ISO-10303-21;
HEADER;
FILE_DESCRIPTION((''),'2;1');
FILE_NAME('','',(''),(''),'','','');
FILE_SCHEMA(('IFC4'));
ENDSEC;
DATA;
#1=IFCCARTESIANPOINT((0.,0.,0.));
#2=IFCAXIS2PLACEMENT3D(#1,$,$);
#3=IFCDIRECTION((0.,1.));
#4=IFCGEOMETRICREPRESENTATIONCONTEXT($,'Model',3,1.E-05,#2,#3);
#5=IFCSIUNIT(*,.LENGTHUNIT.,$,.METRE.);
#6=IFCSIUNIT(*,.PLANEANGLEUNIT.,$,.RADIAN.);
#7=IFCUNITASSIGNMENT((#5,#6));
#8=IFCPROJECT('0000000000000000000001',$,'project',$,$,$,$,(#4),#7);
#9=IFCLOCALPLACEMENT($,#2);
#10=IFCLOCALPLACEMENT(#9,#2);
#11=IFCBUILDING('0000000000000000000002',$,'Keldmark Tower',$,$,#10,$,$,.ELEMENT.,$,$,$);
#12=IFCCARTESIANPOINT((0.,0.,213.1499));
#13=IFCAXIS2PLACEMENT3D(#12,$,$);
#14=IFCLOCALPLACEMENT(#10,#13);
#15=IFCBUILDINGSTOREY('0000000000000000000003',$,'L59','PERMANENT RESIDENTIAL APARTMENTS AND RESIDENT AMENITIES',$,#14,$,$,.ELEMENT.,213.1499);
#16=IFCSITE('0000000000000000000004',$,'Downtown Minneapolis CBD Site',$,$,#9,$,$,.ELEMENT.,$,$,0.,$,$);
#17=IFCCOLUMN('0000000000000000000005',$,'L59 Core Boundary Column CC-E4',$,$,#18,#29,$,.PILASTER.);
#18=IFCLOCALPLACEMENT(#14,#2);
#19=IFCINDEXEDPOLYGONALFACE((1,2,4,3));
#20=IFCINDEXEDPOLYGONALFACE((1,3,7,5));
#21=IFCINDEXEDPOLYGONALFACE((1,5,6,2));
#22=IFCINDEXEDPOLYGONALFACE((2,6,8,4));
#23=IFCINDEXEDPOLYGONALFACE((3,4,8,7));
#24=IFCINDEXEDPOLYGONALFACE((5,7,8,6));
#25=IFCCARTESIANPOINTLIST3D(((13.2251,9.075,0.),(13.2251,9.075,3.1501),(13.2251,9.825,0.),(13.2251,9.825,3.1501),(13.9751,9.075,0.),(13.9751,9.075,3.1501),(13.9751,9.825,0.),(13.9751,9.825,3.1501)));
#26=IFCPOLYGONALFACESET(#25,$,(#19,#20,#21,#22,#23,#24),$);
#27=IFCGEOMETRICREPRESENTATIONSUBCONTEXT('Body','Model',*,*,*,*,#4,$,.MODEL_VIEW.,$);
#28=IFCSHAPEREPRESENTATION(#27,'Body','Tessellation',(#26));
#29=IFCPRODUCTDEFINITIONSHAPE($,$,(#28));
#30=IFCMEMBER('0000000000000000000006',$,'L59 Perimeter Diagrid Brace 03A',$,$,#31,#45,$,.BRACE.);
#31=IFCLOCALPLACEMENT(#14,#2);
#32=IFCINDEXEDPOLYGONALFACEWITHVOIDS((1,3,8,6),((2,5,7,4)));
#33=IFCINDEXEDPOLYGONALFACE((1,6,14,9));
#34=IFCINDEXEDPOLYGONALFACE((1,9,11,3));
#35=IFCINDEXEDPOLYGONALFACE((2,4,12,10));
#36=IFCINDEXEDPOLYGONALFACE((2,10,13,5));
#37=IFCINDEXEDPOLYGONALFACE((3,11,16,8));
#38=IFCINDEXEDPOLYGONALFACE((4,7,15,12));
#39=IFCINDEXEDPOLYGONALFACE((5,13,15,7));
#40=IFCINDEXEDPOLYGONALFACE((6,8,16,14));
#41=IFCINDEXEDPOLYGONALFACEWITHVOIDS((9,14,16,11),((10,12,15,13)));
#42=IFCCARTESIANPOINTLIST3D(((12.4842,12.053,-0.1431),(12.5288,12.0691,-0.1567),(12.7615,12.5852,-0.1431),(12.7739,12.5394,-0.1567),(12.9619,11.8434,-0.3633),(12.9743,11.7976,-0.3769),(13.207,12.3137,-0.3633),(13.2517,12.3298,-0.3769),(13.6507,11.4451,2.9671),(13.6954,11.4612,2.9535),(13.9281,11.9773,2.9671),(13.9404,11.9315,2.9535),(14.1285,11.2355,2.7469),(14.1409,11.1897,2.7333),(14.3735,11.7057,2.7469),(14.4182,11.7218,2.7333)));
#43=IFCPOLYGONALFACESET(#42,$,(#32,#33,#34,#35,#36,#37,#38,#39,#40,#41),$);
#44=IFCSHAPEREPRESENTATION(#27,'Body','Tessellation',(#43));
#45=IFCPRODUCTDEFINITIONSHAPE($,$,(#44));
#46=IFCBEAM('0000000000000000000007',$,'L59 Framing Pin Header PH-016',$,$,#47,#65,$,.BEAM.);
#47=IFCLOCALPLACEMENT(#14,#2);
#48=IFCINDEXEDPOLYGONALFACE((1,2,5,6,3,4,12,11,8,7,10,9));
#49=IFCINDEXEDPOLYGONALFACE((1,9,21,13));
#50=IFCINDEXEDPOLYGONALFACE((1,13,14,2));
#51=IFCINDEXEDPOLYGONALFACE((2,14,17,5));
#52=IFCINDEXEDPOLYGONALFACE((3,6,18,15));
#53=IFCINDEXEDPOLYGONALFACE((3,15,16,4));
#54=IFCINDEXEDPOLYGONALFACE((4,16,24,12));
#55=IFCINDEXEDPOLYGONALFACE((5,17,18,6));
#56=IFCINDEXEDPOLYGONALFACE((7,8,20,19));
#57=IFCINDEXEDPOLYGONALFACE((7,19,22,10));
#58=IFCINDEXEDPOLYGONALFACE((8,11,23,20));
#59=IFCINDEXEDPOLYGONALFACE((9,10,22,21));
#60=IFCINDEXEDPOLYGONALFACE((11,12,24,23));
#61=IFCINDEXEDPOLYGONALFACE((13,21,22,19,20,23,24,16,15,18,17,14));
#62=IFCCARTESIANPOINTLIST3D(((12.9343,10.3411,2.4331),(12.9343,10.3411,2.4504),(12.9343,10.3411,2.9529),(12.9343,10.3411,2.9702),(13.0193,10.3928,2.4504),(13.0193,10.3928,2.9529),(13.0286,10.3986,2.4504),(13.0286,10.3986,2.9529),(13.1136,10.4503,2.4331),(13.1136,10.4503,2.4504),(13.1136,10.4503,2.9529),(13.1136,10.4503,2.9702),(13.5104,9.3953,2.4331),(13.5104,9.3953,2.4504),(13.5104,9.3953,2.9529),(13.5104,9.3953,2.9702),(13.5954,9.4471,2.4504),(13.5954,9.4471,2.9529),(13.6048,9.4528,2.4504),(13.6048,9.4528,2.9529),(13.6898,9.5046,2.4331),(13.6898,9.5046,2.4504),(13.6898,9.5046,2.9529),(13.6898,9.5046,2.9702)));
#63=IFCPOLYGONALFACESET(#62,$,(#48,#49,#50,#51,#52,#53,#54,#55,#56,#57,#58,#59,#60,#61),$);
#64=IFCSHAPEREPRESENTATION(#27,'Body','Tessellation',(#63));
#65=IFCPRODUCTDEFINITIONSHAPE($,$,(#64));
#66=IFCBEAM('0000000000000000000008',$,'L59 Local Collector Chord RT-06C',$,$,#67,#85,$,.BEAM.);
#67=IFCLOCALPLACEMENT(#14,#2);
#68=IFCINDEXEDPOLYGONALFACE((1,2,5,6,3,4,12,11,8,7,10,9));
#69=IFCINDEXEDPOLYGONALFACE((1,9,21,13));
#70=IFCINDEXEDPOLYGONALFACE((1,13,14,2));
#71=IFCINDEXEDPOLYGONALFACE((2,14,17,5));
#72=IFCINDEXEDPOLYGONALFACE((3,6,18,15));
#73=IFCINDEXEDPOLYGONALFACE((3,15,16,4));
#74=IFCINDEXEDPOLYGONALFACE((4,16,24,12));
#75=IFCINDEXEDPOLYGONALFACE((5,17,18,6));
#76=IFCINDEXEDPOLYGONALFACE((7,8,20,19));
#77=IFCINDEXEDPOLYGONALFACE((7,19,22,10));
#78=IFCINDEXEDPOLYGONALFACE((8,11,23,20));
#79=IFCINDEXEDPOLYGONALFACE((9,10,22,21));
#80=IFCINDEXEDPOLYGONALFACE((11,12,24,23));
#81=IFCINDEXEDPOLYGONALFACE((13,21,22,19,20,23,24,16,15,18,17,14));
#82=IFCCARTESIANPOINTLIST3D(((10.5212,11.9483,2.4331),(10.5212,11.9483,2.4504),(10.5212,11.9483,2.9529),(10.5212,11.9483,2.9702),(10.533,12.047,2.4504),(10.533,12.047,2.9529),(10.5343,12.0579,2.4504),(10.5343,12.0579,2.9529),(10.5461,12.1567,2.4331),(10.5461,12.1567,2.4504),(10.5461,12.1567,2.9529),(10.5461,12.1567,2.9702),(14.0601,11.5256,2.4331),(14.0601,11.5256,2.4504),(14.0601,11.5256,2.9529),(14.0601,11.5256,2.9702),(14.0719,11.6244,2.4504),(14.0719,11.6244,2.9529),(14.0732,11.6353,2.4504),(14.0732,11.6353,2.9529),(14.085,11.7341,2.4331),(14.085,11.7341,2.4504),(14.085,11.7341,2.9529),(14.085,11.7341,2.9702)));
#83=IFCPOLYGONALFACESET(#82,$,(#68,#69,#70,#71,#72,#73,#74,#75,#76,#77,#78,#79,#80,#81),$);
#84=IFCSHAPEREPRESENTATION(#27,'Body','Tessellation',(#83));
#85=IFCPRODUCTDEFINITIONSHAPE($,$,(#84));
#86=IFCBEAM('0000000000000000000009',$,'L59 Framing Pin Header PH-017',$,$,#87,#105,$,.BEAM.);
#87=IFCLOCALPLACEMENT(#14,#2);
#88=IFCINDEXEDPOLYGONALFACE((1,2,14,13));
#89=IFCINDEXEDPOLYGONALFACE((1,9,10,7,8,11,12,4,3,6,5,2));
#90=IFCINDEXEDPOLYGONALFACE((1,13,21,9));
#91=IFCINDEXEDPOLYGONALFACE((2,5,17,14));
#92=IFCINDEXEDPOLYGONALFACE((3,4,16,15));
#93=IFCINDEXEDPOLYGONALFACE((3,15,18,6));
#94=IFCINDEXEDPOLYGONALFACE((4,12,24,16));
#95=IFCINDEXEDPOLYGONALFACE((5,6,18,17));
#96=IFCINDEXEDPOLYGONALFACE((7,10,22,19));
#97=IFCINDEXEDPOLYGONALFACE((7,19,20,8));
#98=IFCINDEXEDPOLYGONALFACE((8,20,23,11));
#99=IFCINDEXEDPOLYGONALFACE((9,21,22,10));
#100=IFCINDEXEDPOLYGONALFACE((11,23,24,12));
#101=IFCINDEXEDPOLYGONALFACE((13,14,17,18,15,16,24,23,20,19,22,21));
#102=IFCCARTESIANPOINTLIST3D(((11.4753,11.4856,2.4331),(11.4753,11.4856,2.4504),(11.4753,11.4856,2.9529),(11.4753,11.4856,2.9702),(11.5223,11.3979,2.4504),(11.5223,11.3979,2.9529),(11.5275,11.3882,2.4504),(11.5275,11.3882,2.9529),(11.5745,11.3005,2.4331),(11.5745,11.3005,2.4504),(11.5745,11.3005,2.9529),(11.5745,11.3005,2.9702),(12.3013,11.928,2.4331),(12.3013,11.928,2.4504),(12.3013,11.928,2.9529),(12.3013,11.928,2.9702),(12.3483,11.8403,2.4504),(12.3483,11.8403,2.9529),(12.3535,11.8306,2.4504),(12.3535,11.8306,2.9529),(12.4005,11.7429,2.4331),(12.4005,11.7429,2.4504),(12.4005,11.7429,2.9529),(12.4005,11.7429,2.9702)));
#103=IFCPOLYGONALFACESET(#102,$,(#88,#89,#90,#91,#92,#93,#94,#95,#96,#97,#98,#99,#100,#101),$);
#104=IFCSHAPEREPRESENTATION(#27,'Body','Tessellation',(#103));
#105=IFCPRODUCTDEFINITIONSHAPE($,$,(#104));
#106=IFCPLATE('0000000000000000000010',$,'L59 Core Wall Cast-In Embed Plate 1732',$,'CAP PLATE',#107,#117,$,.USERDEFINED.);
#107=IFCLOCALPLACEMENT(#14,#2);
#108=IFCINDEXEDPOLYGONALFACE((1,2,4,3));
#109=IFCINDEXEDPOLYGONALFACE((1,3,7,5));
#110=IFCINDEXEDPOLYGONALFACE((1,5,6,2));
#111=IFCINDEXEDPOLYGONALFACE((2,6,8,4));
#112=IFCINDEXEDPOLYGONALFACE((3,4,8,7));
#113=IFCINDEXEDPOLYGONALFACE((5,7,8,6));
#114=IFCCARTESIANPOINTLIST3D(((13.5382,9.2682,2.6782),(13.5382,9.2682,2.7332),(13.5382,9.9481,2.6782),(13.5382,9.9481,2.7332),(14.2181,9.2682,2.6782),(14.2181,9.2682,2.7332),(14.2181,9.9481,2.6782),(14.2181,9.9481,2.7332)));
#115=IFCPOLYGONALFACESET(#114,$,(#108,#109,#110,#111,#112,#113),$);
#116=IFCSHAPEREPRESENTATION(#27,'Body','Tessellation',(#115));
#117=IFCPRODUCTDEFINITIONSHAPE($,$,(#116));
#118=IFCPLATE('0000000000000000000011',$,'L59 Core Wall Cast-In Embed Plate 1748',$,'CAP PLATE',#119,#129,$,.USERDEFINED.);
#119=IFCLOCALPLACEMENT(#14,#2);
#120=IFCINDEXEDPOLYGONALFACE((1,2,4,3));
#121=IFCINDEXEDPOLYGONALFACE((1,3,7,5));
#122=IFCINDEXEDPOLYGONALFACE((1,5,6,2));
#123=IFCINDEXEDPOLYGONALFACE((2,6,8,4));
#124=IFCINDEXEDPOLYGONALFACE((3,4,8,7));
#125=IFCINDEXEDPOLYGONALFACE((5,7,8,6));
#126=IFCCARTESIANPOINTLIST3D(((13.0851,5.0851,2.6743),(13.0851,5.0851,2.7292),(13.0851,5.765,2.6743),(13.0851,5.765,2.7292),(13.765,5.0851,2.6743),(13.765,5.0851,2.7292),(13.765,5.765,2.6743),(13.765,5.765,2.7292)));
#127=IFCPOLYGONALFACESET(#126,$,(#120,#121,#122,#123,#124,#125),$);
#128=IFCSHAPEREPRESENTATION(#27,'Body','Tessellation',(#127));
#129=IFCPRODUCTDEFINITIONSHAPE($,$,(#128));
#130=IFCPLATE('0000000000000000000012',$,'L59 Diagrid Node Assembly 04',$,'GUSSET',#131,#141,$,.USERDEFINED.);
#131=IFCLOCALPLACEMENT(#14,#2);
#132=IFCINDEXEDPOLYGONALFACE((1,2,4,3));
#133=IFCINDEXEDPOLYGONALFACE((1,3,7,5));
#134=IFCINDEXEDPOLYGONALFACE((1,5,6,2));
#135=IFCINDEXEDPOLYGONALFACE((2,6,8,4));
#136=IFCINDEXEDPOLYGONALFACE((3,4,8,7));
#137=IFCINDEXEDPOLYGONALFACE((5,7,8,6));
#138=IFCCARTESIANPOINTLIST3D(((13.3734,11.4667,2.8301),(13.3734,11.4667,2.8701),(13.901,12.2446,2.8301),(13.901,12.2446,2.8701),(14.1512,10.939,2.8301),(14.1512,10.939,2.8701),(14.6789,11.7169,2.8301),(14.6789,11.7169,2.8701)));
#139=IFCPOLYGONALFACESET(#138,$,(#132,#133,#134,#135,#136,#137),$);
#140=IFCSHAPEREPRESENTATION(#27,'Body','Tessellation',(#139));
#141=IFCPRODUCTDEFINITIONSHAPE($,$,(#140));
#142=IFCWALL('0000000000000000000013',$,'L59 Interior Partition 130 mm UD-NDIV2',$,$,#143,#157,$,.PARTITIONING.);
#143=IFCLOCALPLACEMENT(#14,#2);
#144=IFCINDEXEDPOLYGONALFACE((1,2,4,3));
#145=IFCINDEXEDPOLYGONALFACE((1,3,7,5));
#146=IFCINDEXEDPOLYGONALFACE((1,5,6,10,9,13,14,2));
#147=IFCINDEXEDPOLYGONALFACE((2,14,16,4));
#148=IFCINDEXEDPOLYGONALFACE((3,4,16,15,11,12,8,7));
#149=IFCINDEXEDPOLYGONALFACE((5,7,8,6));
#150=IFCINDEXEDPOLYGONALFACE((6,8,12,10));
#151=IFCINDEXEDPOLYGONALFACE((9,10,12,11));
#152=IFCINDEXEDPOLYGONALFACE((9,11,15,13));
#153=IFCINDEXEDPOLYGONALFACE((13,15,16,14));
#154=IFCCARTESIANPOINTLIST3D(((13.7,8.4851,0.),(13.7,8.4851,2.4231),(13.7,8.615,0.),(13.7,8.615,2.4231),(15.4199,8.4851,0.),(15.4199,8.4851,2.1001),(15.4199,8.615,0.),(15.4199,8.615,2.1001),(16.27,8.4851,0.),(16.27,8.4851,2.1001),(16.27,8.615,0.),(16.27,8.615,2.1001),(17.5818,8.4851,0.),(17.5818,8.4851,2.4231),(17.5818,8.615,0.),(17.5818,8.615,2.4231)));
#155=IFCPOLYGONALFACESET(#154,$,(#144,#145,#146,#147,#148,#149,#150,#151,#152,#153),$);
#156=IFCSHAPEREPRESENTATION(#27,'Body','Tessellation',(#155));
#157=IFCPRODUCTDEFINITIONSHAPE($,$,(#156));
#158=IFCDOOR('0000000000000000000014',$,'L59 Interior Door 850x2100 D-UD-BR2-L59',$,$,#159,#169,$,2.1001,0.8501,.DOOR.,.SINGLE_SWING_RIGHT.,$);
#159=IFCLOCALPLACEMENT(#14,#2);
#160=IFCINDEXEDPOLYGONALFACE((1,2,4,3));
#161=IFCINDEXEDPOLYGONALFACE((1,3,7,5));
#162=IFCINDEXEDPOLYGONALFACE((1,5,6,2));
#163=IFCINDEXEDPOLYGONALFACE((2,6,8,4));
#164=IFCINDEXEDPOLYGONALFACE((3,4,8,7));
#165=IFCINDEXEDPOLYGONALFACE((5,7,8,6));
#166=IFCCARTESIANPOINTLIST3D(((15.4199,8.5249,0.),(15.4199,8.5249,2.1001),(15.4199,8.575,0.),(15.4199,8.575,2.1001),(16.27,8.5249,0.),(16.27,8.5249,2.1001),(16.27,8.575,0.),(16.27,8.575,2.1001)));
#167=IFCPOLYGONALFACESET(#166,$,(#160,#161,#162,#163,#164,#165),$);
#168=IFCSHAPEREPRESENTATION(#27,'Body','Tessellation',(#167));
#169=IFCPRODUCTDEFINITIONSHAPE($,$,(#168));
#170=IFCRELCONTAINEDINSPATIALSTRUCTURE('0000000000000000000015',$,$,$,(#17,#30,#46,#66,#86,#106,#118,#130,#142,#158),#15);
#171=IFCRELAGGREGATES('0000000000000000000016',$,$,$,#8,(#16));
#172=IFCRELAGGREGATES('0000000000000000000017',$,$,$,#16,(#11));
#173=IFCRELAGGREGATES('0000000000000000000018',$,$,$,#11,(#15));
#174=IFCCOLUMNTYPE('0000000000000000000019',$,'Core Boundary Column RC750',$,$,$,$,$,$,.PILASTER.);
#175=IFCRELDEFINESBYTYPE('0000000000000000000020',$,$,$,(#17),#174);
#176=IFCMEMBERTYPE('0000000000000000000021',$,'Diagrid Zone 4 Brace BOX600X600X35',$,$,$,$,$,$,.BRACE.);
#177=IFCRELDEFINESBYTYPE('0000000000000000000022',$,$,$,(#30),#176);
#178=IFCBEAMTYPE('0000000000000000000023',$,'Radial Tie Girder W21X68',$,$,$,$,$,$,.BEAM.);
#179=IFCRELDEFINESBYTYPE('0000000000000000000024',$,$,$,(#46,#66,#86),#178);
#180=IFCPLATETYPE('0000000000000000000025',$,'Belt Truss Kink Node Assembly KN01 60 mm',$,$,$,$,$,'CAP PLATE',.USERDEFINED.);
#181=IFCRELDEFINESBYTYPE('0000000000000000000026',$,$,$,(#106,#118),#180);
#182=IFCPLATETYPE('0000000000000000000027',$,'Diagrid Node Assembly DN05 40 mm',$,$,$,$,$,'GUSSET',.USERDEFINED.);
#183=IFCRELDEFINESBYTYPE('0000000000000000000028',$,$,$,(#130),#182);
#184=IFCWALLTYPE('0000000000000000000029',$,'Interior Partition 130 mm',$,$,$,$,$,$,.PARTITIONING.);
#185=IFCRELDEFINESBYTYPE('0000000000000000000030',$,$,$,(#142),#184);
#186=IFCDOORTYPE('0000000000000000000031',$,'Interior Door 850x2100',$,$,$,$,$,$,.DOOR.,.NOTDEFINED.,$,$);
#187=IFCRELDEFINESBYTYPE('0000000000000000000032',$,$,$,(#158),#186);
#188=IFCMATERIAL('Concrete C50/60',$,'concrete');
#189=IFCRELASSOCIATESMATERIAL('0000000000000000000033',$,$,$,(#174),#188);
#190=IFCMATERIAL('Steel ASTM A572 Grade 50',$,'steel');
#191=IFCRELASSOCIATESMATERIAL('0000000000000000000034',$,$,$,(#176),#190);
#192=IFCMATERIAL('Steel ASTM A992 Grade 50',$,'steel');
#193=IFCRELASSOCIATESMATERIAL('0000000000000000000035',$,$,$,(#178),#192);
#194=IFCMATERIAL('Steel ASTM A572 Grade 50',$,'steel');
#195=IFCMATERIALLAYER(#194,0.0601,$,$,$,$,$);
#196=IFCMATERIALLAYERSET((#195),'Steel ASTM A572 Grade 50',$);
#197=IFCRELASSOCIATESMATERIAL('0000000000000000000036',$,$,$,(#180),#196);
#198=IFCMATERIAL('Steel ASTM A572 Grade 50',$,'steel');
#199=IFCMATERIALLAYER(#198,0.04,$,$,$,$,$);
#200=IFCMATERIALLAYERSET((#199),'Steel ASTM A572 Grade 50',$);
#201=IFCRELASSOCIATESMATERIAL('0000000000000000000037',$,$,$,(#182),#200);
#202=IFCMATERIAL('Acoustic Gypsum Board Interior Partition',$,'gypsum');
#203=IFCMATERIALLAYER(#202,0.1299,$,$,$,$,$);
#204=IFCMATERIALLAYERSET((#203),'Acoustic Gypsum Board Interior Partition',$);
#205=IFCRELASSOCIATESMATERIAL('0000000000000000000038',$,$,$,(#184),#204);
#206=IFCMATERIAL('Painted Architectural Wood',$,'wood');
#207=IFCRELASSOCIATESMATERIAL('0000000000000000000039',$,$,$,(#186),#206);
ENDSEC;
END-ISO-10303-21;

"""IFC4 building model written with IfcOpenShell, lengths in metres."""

from ifc_helpers import new_model, si_unit, direction, frame, frame_2d, origin, origin_2d, place, context, subcontext, project, spatial, rectangle, hollow_rectangle, i_section, extrude, material, layer, layer_set, material_profile, profile_set, type_object, element, fill, save


model = new_model("IFC4")

# Units and contexts
model_context = context("Model", 3, precision=1e-05, world=origin(), true_north=direction((0.0, 1.0)))
body_context = subcontext(model_context, "Body", "Model", "MODEL_VIEW")
ifc_project = project(units=[si_unit("LENGTHUNIT", "METRE"), si_unit("PLANEANGLEUNIT", "RADIAN")], contexts=[model_context])

# Site, building, storey
site_placement = place(None, origin())
site = spatial("IfcSite", under=ifc_project, at=site_placement, Name="Downtown Minneapolis CBD Site", CompositionType="ELEMENT", RefElevation=0.0)
building_placement = place(site_placement, origin())
building = spatial("IfcBuilding", under=site, at=building_placement, Name="Keldmark Tower", CompositionType="ELEMENT")
storey_placement = place(building_placement, frame((0.0, 0.0, 213.1499)))
storey = spatial("IfcBuildingStorey", under=building, at=storey_placement, Name="L59", Description="PERMANENT RESIDENTIAL APARTMENTS AND RESIDENT AMENITIES", CompositionType="ELEMENT", Elevation=213.1499)

# Column
ifc_material_1 = material(Name="Concrete C50/60", Category="concrete")
ifc_material_profile_1 = material_profile(ifc_material_1, rectangle(XDim=0.75, YDim=0.75, at=origin_2d()), Name="RC750X750")
ifc_profile_set_1 = profile_set([ifc_material_profile_1], Name="Concrete C50/60")
column_type = type_object("IfcColumnType", Name="Core Boundary Column RC750", PredefinedType="PILASTER", material=ifc_profile_set_1)
column_placement = place(storey_placement, frame((13.6001, 9.45, 0.0), z_axis=(0.0, 0.0, 1.0), x_axis=(1.0, 0.0, 0.0)))
element("IfcColumn", 1, at=column_placement, inside=storey, type_object=column_type, Name="L59 Core Boundary Column CC-E4", PredefinedType="PILASTER", context=body_context, shape_type="SweptSolid", body=[
    extrude(rectangle(XDim=0.75, YDim=0.75, at=origin_2d()), origin(), (0.0, 0.0, 1.0), 3.1501),
])

# Member
ifc_material_2 = material(Name="Steel ASTM A572 Grade 50", Category="steel")
ifc_material_profile_2 = material_profile(ifc_material_2, hollow_rectangle(XDim=0.6001, YDim=0.6001, WallThickness=0.0349, at=origin_2d()), Name="BOX600X600X35")
ifc_profile_set_2 = profile_set([ifc_material_profile_2], Name="Steel ASTM A572 Grade 50")
member_type = type_object("IfcMemberType", Name="Diagrid Zone 4 Brace BOX600X600X35", PredefinedType="BRACE", material=ifc_profile_set_2)
member_placement = place(storey_placement, frame((12.8679, 12.1914, -0.26), z_axis=(0.345442, -0.180023, 0.921011), x_axis=(0.462147, 0.886803, 0.0)))
element("IfcMember", 2, at=member_placement, inside=storey, type_object=member_type, Name="L59 Perimeter Diagrid Brace 03A", PredefinedType="BRACE", context=body_context, shape_type="SweptSolid", body=[
    extrude(hollow_rectangle(XDim=0.6001, YDim=0.6001, WallThickness=0.0349, at=origin_2d()), origin(), (0.0, 0.0, 1.0), 3.377),
])

# Beams
ifc_material_3 = material(Name="Steel ASTM A992 Grade 50", Category="steel")
ifc_material_profile_3 = material_profile(ifc_material_3, i_section(OverallWidth=0.21, OverallDepth=0.5371, WebThickness=0.011, FlangeThickness=0.0173, at=origin_2d()), Name="W21X68")
ifc_profile_set_3 = profile_set([ifc_material_profile_3], Name="Steel ASTM A992 Grade 50")
beam_type = type_object("IfcBeamType", Name="Radial Tie Girder W21X68", PredefinedType="BEAM", material=ifc_profile_set_3)
beam_1_placement = place(storey_placement, frame((13.6001, 9.45, 2.7017), z_axis=(-0.520255, 0.854011, 0.0), x_axis=(-0.854011, -0.520255, 0.0)))
element("IfcBeam", 3, at=beam_1_placement, inside=storey, type_object=beam_type, Name="L59 Framing Pin Header PH-016", PredefinedType="BEAM", context=body_context, shape_type="SweptSolid", body=[
    extrude(i_section(OverallWidth=0.21, OverallDepth=0.5371, WebThickness=0.011, FlangeThickness=0.0173, at=origin_2d()), origin(), (0.0, 0.0, 1.0), 1.1074),
])
beam_2_placement = place(storey_placement, frame((14.0725, 11.6299, 2.7017), z_axis=(-0.992945, 0.118578, 0.0), x_axis=(-0.118578, -0.992945, 0.0)))
element("IfcBeam", 4, at=beam_2_placement, inside=storey, type_object=beam_type, Name="L59 Local Collector Chord RT-06C", PredefinedType="BEAM", context=body_context, shape_type="SweptSolid", body=[
    extrude(i_section(OverallWidth=0.21, OverallDepth=0.5371, WebThickness=0.011, FlangeThickness=0.0173, at=origin_2d()), origin(), (0.0, 0.0, 1.0), 3.564),
])
beam_3_placement = place(storey_placement, frame((11.5249, 11.3931, 2.7017), z_axis=(0.881515, 0.472156, 0.0), x_axis=(-0.472156, 0.881515, 0.0)))
element("IfcBeam", 5, at=beam_3_placement, inside=storey, type_object=beam_type, Name="L59 Framing Pin Header PH-017", PredefinedType="BEAM", context=body_context, shape_type="SweptSolid", body=[
    extrude(i_section(OverallWidth=0.21, OverallDepth=0.5371, WebThickness=0.011, FlangeThickness=0.0173, at=origin_2d()), origin(), (0.0, 0.0, 1.0), 0.937),
])

# Plates
ifc_material_4 = material(Name="Steel ASTM A572 Grade 50", Category="steel")
ifc_layer_1 = layer(ifc_material_4, 0.0601)
ifc_layer_set_1 = layer_set([ifc_layer_1], Name="Steel ASTM A572 Grade 50")
plate_type_1 = type_object("IfcPlateType", Name="Belt Truss Kink Node Assembly KN01 60 mm", ElementType="CAP PLATE", PredefinedType="USERDEFINED", material=ifc_layer_set_1)
for number, where, z_axis, x_axis, name in (
    (6, (13.8782, 9.6082, 2.6782), (0.0, 0.0, 1.0), (1.0, 0.0, 0.0), "L59 Core Wall Cast-In Embed Plate 1732"),
    (7, (13.425, 5.425, 2.6743), (0.0, 0.0, 1.0), (1.0, 0.0, 0.0), "L59 Core Wall Cast-In Embed Plate 1748"),
):
    element("IfcPlate", number, at=place(storey_placement, frame(where, z_axis=z_axis, x_axis=x_axis)), inside=storey, type_object=plate_type_1, Name=name, ObjectType="CAP PLATE", PredefinedType="USERDEFINED", context=body_context, shape_type="SweptSolid", body=[
        extrude(rectangle(XDim=0.6799, YDim=0.6799, at=origin_2d()), origin(), (0.0, 0.0, 1.0), 0.0549),
    ])
ifc_material_5 = material(Name="Steel ASTM A572 Grade 50", Category="steel")
ifc_layer_2 = layer(ifc_material_5, 0.04)
ifc_layer_set_2 = layer_set([ifc_layer_2], Name="Steel ASTM A572 Grade 50")
plate_type_2 = type_object("IfcPlateType", Name="Diagrid Node Assembly DN05 40 mm", ElementType="GUSSET", PredefinedType="USERDEFINED", material=ifc_layer_set_2)
plate_placement = place(storey_placement, frame((14.0261, 11.5918, 2.8301), z_axis=(0.0, 0.0, 1.0), x_axis=(-0.827571, 0.561361, 0.0)))
element("IfcPlate", 8, at=plate_placement, inside=storey, type_object=plate_type_2, Name="L59 Diagrid Node Assembly 04", ObjectType="GUSSET", PredefinedType="USERDEFINED", context=body_context, shape_type="SweptSolid", body=[
    extrude(rectangle(XDim=0.9399, YDim=0.9399, at=origin_2d()), origin(), (0.0, 0.0, 1.0), 0.04),
])

# Wall, opening, door
ifc_material_6 = material(Name="Acoustic Gypsum Board Interior Partition", Category="gypsum")
ifc_layer_3 = layer(ifc_material_6, 0.1299)
ifc_layer_set_3 = layer_set([ifc_layer_3], Name="Acoustic Gypsum Board Interior Partition")
wall_type_1 = type_object("IfcWallType", Name="Interior Partition 130 mm", PredefinedType="PARTITIONING", material=ifc_layer_set_3)
wall_1_placement = place(storey_placement, frame((13.7, 8.55, 0.0), z_axis=(0.0, 0.0, 1.0), x_axis=(1.0, 0.0, 0.0)))
wall_1 = element("IfcWall", 9, at=wall_1_placement, inside=storey, type_object=wall_type_1, Name="L59 Interior Partition 130 mm UD-NDIV2", PredefinedType="PARTITIONING", context=body_context, shape_type="SweptSolid", body=[
    extrude(rectangle(XDim=3.8818, YDim=0.1299, at=frame_2d((1.9409, 0.0))), origin(), (0.0, 0.0, 1.0), 2.4231),
])
opening_1_placement = place(wall_1_placement, frame((1.72, 0.0, 0.0)))
opening_1 = element("IfcOpeningElement", 10, at=opening_1_placement, cuts=wall_1, PredefinedType="OPENING", context=body_context, shape_type="SweptSolid", body=[
    extrude(rectangle(XDim=0.8501, YDim=2.1001, at=frame_2d((0.425, 1.05))), frame((0.0, 0.075, 0.0), z_axis=(0.0, -1.0, 0.0), x_axis=(1.0, 0.0, 0.0)), (0.0, 0.0, 1.0), 0.1499),
])
ifc_material_7 = material(Name="Painted Architectural Wood", Category="wood")
door_type_1 = type_object("IfcDoorType", Name="Interior Door 850x2100", OperationType="NOTDEFINED", PredefinedType="DOOR", material=ifc_material_7)
door_1_placement = place(opening_1_placement, origin())
door_1 = element("IfcDoor", 11, at=door_1_placement, inside=storey, type_object=door_type_1, Name="L59 Interior Door 850x2100 D-UD-BR2-L59", OperationType="SINGLE_SWING_RIGHT", OverallHeight=2.1001, OverallWidth=0.8501, PredefinedType="DOOR", context=body_context, shape_type="SweptSolid", body=[
    extrude(rectangle(XDim=0.8501, YDim=2.1001, at=frame_2d((0.425, 1.05))), frame((0.0, 0.0249, 0.0), z_axis=(0.0, -1.0, 0.0), x_axis=(1.0, 0.0, 0.0)), (0.0, 0.0, 1.0), 0.05),
])
fill(opening_1, door_1)

save(model, "model.ifc")
